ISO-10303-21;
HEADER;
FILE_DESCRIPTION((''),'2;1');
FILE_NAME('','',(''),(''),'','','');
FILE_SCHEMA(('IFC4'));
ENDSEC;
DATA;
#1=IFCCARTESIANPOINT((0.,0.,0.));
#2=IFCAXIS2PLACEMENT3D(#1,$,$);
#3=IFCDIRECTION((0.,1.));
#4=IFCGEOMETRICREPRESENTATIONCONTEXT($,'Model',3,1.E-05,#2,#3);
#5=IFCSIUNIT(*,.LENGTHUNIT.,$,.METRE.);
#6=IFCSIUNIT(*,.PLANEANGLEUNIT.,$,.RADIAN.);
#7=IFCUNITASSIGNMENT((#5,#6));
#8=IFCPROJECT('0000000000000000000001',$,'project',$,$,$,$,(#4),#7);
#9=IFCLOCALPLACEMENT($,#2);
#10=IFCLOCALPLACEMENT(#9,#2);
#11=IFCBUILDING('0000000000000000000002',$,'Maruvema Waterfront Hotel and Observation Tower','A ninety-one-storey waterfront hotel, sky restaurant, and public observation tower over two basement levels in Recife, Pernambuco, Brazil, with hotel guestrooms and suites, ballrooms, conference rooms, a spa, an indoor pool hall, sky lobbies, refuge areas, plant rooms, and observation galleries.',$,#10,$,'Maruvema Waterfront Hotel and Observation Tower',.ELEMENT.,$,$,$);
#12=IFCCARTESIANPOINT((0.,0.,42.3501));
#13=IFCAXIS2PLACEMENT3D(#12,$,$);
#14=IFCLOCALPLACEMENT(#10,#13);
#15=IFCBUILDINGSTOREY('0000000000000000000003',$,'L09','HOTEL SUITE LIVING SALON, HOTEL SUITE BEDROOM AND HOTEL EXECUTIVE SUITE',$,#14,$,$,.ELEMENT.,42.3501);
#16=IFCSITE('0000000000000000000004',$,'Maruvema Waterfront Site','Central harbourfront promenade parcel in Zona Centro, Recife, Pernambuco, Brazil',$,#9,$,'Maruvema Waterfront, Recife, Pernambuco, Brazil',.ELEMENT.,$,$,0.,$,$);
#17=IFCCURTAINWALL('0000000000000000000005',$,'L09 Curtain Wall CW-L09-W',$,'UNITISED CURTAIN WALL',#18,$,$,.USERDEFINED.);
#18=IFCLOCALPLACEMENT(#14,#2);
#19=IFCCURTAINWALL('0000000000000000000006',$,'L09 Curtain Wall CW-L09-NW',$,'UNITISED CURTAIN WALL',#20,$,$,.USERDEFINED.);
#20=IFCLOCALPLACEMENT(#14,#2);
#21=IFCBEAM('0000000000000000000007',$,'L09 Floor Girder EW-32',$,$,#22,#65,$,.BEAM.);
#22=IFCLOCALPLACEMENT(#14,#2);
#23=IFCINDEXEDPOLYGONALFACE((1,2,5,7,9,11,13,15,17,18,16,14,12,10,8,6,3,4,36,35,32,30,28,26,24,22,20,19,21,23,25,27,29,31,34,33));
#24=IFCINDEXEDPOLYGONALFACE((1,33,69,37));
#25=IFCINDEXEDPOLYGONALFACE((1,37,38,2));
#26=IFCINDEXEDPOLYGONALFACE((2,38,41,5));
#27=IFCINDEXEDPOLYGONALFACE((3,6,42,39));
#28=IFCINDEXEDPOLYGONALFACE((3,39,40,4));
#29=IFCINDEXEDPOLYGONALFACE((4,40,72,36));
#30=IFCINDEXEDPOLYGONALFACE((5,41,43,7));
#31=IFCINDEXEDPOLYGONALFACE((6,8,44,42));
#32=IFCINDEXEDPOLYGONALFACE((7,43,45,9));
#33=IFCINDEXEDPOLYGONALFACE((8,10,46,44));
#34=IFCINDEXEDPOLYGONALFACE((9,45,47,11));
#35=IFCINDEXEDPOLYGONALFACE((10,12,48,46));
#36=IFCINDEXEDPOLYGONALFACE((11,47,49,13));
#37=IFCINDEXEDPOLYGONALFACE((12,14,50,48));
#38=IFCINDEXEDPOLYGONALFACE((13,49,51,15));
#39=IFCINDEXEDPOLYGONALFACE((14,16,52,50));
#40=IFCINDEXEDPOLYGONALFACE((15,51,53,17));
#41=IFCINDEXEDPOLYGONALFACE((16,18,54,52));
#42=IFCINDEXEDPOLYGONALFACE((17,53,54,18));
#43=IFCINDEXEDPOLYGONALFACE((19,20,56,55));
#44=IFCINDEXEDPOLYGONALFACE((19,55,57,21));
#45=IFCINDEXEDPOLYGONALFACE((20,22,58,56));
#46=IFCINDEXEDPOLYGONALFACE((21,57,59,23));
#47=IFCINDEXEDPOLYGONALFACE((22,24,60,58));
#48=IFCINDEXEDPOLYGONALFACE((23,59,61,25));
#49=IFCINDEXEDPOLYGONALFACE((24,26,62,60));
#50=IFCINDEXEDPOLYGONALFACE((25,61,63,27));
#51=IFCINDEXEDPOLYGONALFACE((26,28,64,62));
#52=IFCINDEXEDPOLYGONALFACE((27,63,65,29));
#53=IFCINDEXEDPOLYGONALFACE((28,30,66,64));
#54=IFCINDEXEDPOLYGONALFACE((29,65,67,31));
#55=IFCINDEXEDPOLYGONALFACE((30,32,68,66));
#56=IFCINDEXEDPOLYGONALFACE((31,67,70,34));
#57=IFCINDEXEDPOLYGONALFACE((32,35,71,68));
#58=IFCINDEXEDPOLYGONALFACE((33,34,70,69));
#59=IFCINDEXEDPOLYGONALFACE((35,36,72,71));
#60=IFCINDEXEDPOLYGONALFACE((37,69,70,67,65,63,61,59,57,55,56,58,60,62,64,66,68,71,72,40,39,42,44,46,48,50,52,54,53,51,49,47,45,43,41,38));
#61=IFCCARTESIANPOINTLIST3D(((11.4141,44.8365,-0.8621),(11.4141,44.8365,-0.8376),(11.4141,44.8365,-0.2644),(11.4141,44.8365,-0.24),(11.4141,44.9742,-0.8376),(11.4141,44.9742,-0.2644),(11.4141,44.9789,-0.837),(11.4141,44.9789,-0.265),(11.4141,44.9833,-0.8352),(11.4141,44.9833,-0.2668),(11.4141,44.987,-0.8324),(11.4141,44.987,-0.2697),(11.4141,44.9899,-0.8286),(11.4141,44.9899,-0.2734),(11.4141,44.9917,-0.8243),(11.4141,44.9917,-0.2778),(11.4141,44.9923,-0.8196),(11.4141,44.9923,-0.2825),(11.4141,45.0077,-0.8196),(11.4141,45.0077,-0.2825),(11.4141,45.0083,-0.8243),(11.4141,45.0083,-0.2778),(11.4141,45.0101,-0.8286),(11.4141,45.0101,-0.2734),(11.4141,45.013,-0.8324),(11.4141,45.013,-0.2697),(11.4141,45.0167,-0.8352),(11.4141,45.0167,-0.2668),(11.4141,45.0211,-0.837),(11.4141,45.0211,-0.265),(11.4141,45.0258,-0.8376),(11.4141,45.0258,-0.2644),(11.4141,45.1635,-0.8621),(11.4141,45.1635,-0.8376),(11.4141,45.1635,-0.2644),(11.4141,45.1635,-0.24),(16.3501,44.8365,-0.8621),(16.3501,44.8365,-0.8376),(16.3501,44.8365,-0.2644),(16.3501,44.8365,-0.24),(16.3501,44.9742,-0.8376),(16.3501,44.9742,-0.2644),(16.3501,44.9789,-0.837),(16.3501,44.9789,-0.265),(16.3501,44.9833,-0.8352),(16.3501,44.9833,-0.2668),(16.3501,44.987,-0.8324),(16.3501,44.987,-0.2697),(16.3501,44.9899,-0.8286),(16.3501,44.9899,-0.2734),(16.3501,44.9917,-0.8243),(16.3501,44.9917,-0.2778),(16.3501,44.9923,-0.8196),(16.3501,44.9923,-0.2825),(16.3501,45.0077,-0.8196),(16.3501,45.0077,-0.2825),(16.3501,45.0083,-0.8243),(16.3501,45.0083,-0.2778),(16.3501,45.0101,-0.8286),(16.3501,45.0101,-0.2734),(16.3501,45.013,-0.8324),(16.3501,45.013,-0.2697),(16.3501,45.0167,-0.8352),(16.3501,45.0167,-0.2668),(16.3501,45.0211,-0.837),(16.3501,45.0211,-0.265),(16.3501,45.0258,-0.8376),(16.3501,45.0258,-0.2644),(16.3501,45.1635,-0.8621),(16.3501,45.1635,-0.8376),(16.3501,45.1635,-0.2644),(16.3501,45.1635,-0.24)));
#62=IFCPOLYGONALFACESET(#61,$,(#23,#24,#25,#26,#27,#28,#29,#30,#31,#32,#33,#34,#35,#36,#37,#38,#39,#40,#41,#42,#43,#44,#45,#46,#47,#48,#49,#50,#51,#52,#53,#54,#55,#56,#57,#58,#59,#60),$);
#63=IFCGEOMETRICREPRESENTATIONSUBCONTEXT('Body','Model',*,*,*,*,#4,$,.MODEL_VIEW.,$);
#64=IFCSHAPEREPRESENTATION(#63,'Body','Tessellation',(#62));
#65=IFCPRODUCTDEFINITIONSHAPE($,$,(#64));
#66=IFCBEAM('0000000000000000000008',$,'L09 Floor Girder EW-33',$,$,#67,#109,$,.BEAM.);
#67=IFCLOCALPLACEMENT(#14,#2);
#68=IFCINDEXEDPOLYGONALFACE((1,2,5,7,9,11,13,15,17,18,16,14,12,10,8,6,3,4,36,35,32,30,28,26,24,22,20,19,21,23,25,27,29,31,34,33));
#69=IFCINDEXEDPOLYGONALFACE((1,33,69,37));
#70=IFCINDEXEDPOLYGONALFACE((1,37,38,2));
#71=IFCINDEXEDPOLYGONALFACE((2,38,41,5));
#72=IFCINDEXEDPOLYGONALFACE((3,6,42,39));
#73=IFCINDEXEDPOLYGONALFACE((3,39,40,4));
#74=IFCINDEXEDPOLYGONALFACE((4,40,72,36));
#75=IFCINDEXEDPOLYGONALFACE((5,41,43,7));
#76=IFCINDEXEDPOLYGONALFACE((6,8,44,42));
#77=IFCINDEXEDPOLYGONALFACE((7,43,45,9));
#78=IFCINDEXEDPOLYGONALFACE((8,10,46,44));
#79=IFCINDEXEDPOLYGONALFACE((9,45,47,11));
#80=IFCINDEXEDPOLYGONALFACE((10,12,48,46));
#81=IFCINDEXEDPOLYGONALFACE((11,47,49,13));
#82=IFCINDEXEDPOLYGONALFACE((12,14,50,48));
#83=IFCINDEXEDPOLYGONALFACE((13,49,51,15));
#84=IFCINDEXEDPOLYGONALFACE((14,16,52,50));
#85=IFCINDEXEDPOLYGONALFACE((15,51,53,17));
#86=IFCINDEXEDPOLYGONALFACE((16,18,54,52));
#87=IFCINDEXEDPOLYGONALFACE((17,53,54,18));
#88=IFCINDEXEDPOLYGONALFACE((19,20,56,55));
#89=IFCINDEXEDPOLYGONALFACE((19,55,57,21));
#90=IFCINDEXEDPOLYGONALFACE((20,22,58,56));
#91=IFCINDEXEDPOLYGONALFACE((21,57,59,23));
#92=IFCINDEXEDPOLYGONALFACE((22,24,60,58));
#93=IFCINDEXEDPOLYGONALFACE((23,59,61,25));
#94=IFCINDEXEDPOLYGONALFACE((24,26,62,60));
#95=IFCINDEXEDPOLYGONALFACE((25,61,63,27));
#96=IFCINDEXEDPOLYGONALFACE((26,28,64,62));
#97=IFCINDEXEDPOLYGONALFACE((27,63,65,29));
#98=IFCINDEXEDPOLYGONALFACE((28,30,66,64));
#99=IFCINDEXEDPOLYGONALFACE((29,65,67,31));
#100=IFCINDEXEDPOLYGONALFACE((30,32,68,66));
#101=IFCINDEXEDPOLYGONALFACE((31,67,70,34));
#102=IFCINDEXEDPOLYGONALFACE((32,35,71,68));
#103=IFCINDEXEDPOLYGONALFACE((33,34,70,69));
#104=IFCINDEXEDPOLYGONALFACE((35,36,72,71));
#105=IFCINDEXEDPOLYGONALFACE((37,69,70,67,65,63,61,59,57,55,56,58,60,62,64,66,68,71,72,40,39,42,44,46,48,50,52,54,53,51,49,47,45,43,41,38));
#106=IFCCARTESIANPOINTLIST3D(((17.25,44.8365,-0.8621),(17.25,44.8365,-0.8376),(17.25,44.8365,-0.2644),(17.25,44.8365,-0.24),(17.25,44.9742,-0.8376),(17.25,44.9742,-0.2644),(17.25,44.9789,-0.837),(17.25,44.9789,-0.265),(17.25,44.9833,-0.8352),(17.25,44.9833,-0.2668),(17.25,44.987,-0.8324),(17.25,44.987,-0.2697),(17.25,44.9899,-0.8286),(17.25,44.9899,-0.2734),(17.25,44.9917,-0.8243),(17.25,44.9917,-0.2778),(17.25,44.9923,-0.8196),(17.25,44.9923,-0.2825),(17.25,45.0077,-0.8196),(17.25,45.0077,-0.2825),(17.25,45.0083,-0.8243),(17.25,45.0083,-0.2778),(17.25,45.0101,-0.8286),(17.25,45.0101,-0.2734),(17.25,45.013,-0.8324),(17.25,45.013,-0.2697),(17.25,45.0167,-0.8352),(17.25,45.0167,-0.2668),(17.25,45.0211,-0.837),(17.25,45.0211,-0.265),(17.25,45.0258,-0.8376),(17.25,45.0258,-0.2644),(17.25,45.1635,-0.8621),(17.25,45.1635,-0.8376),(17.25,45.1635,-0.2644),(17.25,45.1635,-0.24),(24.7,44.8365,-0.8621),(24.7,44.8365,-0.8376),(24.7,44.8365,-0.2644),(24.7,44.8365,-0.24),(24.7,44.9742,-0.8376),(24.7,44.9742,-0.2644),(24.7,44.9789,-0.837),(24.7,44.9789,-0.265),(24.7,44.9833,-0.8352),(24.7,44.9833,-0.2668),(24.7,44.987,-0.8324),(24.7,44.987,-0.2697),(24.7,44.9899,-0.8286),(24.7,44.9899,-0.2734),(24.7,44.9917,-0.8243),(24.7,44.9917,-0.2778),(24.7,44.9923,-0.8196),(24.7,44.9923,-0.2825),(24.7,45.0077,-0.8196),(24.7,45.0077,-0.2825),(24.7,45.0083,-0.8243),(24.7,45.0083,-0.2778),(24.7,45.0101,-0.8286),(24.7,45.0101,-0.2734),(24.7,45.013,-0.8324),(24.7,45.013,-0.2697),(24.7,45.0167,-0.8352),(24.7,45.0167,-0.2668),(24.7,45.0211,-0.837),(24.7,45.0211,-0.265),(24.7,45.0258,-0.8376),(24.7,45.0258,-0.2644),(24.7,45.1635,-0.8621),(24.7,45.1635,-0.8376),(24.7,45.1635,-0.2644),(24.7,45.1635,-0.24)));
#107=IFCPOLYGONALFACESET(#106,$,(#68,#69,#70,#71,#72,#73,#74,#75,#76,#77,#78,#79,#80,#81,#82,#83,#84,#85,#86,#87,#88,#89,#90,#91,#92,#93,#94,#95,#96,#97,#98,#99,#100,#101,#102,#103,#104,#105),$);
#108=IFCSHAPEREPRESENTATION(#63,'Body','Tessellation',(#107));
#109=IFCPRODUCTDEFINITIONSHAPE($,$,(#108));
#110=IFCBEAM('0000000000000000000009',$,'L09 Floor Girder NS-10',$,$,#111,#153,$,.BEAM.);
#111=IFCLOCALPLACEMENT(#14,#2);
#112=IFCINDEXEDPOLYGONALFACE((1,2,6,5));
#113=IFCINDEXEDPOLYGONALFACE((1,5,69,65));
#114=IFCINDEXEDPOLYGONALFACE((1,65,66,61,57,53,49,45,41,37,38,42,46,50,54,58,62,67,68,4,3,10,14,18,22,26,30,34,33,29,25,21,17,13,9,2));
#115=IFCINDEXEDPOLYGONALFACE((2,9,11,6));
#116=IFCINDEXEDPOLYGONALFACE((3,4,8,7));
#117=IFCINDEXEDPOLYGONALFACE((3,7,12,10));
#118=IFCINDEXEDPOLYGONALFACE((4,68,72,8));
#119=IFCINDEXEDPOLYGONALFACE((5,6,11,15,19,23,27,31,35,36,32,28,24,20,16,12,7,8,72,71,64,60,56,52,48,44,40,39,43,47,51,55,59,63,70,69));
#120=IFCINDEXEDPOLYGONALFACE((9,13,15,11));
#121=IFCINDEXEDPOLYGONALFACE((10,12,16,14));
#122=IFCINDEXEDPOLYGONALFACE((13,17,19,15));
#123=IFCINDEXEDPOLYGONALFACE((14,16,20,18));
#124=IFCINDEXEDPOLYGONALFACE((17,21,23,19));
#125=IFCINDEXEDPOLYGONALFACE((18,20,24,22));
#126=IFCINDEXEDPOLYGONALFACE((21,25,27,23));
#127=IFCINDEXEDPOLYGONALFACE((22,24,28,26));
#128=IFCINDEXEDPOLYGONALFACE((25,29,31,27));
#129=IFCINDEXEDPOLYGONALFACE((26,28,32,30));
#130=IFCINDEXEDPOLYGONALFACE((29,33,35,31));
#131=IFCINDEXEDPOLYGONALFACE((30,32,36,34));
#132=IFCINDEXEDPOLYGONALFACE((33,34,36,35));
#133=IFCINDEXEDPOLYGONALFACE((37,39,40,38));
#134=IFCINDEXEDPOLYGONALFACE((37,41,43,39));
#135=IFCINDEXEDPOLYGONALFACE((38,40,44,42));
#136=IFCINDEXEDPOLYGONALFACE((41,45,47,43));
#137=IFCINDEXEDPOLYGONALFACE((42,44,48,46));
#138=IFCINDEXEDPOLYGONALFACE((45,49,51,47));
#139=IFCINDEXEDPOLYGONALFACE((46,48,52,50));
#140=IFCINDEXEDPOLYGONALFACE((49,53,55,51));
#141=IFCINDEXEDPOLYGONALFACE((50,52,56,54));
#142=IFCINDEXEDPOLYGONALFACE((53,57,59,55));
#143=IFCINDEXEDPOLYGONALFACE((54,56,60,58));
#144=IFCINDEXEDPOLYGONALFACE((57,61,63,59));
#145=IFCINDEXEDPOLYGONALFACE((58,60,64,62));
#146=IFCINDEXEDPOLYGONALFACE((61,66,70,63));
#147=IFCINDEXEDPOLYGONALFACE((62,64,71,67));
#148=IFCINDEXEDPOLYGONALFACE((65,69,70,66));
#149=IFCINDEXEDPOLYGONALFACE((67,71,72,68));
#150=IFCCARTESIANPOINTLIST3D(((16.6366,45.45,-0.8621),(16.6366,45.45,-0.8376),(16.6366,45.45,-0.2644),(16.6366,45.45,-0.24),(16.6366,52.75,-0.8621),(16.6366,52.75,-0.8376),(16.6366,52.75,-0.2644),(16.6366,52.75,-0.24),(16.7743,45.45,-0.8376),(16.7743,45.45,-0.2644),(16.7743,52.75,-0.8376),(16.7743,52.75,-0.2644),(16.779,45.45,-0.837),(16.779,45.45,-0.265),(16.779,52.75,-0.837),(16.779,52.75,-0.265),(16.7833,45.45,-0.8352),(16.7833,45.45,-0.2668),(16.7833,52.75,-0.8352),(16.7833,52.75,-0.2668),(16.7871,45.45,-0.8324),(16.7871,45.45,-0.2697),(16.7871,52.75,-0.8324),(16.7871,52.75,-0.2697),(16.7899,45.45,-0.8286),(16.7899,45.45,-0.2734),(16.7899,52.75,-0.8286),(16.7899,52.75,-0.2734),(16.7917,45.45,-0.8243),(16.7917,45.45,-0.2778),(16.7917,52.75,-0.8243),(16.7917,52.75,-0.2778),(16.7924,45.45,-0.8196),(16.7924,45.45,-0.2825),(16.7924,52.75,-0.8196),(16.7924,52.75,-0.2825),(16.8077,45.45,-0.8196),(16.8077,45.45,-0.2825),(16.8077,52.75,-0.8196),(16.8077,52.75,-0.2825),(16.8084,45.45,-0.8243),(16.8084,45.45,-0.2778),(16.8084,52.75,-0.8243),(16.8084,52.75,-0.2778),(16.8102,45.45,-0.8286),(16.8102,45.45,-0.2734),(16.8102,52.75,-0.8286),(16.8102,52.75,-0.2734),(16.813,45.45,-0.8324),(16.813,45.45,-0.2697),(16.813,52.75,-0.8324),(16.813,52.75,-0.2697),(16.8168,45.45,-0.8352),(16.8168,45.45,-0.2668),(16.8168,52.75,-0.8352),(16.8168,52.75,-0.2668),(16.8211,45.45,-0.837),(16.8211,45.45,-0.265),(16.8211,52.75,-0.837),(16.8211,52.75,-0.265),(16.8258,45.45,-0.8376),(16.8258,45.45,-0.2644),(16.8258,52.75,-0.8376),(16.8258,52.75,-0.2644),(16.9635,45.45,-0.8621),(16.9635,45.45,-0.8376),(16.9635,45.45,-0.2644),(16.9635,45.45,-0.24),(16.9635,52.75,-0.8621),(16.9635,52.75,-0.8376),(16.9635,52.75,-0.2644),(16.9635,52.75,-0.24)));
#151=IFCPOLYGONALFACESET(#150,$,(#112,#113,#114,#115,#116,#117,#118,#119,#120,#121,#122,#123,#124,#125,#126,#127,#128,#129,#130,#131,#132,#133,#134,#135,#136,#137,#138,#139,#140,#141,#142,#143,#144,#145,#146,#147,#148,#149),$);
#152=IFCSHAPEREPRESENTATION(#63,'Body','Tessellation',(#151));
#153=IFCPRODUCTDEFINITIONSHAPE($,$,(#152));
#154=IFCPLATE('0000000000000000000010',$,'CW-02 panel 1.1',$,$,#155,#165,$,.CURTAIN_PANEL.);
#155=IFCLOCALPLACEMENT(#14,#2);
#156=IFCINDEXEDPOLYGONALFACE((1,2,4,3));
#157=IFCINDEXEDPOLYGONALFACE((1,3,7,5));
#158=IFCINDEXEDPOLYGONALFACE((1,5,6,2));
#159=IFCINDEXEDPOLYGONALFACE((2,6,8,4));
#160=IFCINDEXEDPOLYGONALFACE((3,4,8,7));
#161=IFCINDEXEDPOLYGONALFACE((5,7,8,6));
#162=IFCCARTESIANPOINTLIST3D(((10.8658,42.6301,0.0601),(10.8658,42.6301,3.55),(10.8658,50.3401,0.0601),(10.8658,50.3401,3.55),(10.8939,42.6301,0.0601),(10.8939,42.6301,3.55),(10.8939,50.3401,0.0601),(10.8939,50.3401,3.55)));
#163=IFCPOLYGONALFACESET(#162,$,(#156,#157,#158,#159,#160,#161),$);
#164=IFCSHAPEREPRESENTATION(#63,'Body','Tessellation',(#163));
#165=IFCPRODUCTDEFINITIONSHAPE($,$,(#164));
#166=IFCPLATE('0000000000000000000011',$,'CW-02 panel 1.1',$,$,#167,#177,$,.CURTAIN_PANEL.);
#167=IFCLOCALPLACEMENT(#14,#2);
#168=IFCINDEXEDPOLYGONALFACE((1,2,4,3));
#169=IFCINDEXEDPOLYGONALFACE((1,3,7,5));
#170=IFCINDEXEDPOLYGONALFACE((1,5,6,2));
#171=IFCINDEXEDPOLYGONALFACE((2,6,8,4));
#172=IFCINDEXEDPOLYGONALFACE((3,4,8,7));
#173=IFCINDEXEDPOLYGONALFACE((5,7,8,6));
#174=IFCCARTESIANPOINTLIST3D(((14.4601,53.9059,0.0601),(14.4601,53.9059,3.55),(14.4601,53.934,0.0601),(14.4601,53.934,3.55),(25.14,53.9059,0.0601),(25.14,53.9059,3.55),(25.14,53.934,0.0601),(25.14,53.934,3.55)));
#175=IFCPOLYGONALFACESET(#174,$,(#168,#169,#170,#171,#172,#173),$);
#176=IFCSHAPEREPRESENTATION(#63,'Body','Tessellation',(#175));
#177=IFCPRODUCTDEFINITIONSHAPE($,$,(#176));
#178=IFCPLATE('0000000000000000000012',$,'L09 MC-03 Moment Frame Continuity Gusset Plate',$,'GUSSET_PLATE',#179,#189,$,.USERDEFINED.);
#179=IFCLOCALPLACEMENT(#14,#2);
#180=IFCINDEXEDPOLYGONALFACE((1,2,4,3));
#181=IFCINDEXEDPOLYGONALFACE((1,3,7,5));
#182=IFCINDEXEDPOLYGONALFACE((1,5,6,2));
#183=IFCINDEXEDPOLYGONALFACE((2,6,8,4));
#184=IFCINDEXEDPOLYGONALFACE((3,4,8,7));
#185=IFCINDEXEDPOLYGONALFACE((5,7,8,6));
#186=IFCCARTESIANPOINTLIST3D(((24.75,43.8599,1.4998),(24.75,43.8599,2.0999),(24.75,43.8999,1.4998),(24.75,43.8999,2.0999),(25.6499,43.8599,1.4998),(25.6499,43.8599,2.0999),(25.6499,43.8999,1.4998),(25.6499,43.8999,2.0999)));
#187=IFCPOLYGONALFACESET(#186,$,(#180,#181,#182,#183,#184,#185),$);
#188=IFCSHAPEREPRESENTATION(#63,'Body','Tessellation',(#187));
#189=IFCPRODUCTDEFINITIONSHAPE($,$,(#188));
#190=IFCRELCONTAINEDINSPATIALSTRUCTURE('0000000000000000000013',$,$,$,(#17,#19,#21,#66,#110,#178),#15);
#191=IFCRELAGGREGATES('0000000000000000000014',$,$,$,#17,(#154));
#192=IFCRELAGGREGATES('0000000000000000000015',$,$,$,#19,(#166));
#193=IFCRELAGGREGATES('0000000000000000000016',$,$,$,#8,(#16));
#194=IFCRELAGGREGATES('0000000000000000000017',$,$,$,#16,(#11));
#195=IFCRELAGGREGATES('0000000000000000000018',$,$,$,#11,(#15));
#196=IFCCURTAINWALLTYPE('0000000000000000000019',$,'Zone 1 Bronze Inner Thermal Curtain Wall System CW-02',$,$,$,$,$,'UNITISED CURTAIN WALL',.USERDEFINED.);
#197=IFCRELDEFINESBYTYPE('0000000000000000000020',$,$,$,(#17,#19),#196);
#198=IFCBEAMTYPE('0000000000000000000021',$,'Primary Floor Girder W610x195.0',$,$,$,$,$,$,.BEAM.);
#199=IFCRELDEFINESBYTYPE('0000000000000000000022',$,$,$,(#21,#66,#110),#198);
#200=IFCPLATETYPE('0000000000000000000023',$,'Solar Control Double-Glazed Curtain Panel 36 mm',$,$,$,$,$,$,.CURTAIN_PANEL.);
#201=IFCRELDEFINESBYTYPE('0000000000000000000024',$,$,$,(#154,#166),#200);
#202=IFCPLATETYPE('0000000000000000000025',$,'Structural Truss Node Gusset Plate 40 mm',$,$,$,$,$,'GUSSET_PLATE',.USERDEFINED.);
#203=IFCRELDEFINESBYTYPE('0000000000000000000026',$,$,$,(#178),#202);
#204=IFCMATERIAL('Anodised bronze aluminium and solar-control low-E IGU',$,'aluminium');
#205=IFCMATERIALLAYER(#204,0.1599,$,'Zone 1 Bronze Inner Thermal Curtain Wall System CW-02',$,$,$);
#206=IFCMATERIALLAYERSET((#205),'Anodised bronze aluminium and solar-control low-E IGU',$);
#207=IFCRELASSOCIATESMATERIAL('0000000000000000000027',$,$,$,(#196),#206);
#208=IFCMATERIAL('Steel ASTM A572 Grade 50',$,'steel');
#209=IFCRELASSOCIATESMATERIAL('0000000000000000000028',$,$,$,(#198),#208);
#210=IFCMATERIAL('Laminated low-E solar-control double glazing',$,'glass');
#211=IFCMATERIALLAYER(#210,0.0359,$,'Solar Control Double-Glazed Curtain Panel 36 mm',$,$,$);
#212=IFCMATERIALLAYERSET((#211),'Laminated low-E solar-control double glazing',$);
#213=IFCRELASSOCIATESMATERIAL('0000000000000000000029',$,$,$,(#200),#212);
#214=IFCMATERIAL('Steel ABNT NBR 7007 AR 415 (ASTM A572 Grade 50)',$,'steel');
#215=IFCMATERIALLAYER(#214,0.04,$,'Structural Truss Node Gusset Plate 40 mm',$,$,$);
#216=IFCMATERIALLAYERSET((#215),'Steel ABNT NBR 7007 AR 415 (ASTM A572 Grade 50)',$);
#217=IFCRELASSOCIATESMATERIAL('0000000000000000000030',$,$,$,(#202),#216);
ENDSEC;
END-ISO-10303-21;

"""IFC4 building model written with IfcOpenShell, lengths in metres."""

from ifc_helpers import new_model, si_unit, direction, frame, origin, origin_2d, place, context, subcontext, project, spatial, rectangle, i_section, extrude, material, layer, layer_set, material_profile, profile_set, type_object, element, aggregate, save


model = new_model("IFC4")

# Units and contexts
model_context = context("Model", 3, precision=1e-05, world=origin(), true_north=direction((0.0, 1.0)))
body_context = subcontext(model_context, "Body", "Model", "MODEL_VIEW")
ifc_project = project(units=[si_unit("LENGTHUNIT", "METRE"), si_unit("PLANEANGLEUNIT", "RADIAN")], contexts=[model_context])

# Site, building, storey
site_placement = place(None, origin())
site = spatial("IfcSite", under=ifc_project, at=site_placement, Name="Maruvema Waterfront Site", Description="Central harbourfront promenade parcel in Zona Centro, Recife, Pernambuco, Brazil", LongName="Maruvema Waterfront, Recife, Pernambuco, Brazil", CompositionType="ELEMENT", RefElevation=0.0)
building_placement = place(site_placement, origin())
building = spatial("IfcBuilding", under=site, at=building_placement, Name="Maruvema Waterfront Hotel and Observation Tower", Description="A ninety-one-storey waterfront hotel, sky restaurant, and public observation tower over two basement levels in Recife, Pernambuco, Brazil, with hotel guestrooms and suites, ballrooms, conference rooms, a spa, an indoor pool hall, sky lobbies, refuge areas, plant rooms, and observation galleries.", LongName="Maruvema Waterfront Hotel and Observation Tower", CompositionType="ELEMENT")
storey_placement = place(building_placement, frame((0.0, 0.0, 42.3501)))
storey = spatial("IfcBuildingStorey", under=building, at=storey_placement, Name="L09", Description="HOTEL SUITE LIVING SALON, HOTEL SUITE BEDROOM AND HOTEL EXECUTIVE SUITE", CompositionType="ELEMENT", Elevation=42.3501)

# Curtain walls
ifc_material_1 = material(Name="Anodised bronze aluminium and solar-control low-E IGU", Category="aluminium")
ifc_layer_1 = layer(ifc_material_1, 0.1599, Name="Zone 1 Bronze Inner Thermal Curtain Wall System CW-02")
ifc_layer_set_1 = layer_set([ifc_layer_1], Name="Anodised bronze aluminium and solar-control low-E IGU")
curtain_wall_type = type_object("IfcCurtainWallType", Name="Zone 1 Bronze Inner Thermal Curtain Wall System CW-02", ElementType="UNITISED CURTAIN WALL", PredefinedType="USERDEFINED", material=ifc_layer_set_1)
curtain_wall_1_placement = place(storey_placement, origin())
curtain_wall_1 = element("IfcCurtainWall", 1, at=curtain_wall_1_placement, inside=storey, type_object=curtain_wall_type, Name="L09 Curtain Wall CW-L09-W", ObjectType="UNITISED CURTAIN WALL", PredefinedType="USERDEFINED")
curtain_wall_2_placement = place(storey_placement, origin())
curtain_wall_2 = element("IfcCurtainWall", 2, at=curtain_wall_2_placement, inside=storey, type_object=curtain_wall_type, Name="L09 Curtain Wall CW-L09-NW", ObjectType="UNITISED CURTAIN WALL", PredefinedType="USERDEFINED")

# Beams
ifc_material_2 = material(Name="Steel ASTM A572 Grade 50", Category="steel")
ifc_material_profile_1 = material_profile(ifc_material_2, i_section(OverallWidth=0.3269, OverallDepth=0.6221, WebThickness=0.0154, FlangeThickness=0.0244, FilletRadius=0.0181, at=origin_2d()), Name="W610x195.0")
ifc_profile_set_1 = profile_set([ifc_material_profile_1], Name="Steel ASTM A572 Grade 50")
beam_type = type_object("IfcBeamType", Name="Primary Floor Girder W610x195.0", PredefinedType="BEAM", material=ifc_profile_set_1)
beam_1_placement = place(storey_placement, frame((11.4141, 45.0, -0.551), z_axis=(1.0, 0.0, 0.0), x_axis=(0.0, 1.0, 0.0)))
element("IfcBeam", 3, at=beam_1_placement, inside=storey, type_object=beam_type, Name="L09 Floor Girder EW-32", PredefinedType="BEAM", context=body_context, shape_type="SweptSolid", body=[
    extrude(i_section(OverallWidth=0.3269, OverallDepth=0.6221, WebThickness=0.0154, FlangeThickness=0.0244, FilletRadius=0.0181, at=origin_2d()), origin(), (0.0, 0.0, 1.0), 4.936),
])
beam_2_placement = place(storey_placement, frame((17.25, 45.0, -0.551), z_axis=(1.0, 0.0, 0.0), x_axis=(0.0, 1.0, 0.0)))
element("IfcBeam", 4, at=beam_2_placement, inside=storey, type_object=beam_type, Name="L09 Floor Girder EW-33", PredefinedType="BEAM", context=body_context, shape_type="SweptSolid", body=[
    extrude(i_section(OverallWidth=0.3269, OverallDepth=0.6221, WebThickness=0.0154, FlangeThickness=0.0244, FilletRadius=0.0181, at=origin_2d()), origin(), (0.0, 0.0, 1.0), 7.45),
])
beam_3_placement = place(storey_placement, frame((16.8, 45.45, -0.551), z_axis=(0.0, 1.0, 0.0), x_axis=(-1.0, 0.0, 0.0)))
element("IfcBeam", 5, at=beam_3_placement, inside=storey, type_object=beam_type, Name="L09 Floor Girder NS-10", PredefinedType="BEAM", context=body_context, shape_type="SweptSolid", body=[
    extrude(i_section(OverallWidth=0.3269, OverallDepth=0.6221, WebThickness=0.0154, FlangeThickness=0.0244, FilletRadius=0.0181, at=origin_2d()), origin(), (0.0, 0.0, 1.0), 7.3),
])

# Plates
ifc_material_3 = material(Name="Laminated low-E solar-control double glazing", Category="glass")
ifc_layer_2 = layer(ifc_material_3, 0.0359, Name="Solar Control Double-Glazed Curtain Panel 36 mm")
ifc_layer_set_2 = layer_set([ifc_layer_2], Name="Laminated low-E solar-control double glazing")
plate_type_1 = type_object("IfcPlateType", Name="Solar Control Double-Glazed Curtain Panel 36 mm", PredefinedType="CURTAIN_PANEL", material=ifc_layer_set_2)
plate_1_placement = place(storey_placement, frame((10.8799, 46.4851, 0.0601), z_axis=(0.0, 0.0, 1.0), x_axis=(0.0, -1.0, 0.0)))
plate_1 = element("IfcPlate", 6, at=plate_1_placement, type_object=plate_type_1, Name="CW-02 panel 1.1", PredefinedType="CURTAIN_PANEL", context=body_context, shape_type="SweptSolid", body=[
    extrude(rectangle(XDim=7.71, YDim=0.0281, at=origin_2d()), origin(), (0.0, 0.0, 1.0), 3.49),
])
aggregate(curtain_wall_1, [plate_1])
plate_2_placement = place(storey_placement, frame((19.8, 53.9199, 0.0601), z_axis=(0.0, 0.0, 1.0), x_axis=(-1.0, 0.0, 0.0)))
plate_2 = element("IfcPlate", 7, at=plate_2_placement, type_object=plate_type_1, Name="CW-02 panel 1.1", PredefinedType="CURTAIN_PANEL", context=body_context, shape_type="SweptSolid", body=[
    extrude(rectangle(XDim=10.6799, YDim=0.0281, at=origin_2d()), origin(), (0.0, 0.0, 1.0), 3.49),
])
aggregate(curtain_wall_2, [plate_2])
ifc_material_4 = material(Name="Steel ABNT NBR 7007 AR 415 (ASTM A572 Grade 50)", Category="steel")
ifc_layer_3 = layer(ifc_material_4, 0.04, Name="Structural Truss Node Gusset Plate 40 mm")
ifc_layer_set_3 = layer_set([ifc_layer_3], Name="Steel ABNT NBR 7007 AR 415 (ASTM A572 Grade 50)")
plate_type_2 = type_object("IfcPlateType", Name="Structural Truss Node Gusset Plate 40 mm", ElementType="GUSSET_PLATE", PredefinedType="USERDEFINED", material=ifc_layer_set_3)
plate_3_placement = place(storey_placement, frame((25.2, 43.8799, 1.4998), z_axis=(0.0, 0.0, 1.0), x_axis=(1.0, 0.0, 0.0)))
element("IfcPlate", 8, at=plate_3_placement, inside=storey, type_object=plate_type_2, Name="L09 MC-03 Moment Frame Continuity Gusset Plate", ObjectType="GUSSET_PLATE", PredefinedType="USERDEFINED", context=body_context, shape_type="SweptSolid", body=[
    extrude(rectangle(XDim=0.8999, YDim=0.04, at=origin_2d()), origin(), (0.0, 0.0, 1.0), 0.6001),
])

save(model, "model.ifc")
